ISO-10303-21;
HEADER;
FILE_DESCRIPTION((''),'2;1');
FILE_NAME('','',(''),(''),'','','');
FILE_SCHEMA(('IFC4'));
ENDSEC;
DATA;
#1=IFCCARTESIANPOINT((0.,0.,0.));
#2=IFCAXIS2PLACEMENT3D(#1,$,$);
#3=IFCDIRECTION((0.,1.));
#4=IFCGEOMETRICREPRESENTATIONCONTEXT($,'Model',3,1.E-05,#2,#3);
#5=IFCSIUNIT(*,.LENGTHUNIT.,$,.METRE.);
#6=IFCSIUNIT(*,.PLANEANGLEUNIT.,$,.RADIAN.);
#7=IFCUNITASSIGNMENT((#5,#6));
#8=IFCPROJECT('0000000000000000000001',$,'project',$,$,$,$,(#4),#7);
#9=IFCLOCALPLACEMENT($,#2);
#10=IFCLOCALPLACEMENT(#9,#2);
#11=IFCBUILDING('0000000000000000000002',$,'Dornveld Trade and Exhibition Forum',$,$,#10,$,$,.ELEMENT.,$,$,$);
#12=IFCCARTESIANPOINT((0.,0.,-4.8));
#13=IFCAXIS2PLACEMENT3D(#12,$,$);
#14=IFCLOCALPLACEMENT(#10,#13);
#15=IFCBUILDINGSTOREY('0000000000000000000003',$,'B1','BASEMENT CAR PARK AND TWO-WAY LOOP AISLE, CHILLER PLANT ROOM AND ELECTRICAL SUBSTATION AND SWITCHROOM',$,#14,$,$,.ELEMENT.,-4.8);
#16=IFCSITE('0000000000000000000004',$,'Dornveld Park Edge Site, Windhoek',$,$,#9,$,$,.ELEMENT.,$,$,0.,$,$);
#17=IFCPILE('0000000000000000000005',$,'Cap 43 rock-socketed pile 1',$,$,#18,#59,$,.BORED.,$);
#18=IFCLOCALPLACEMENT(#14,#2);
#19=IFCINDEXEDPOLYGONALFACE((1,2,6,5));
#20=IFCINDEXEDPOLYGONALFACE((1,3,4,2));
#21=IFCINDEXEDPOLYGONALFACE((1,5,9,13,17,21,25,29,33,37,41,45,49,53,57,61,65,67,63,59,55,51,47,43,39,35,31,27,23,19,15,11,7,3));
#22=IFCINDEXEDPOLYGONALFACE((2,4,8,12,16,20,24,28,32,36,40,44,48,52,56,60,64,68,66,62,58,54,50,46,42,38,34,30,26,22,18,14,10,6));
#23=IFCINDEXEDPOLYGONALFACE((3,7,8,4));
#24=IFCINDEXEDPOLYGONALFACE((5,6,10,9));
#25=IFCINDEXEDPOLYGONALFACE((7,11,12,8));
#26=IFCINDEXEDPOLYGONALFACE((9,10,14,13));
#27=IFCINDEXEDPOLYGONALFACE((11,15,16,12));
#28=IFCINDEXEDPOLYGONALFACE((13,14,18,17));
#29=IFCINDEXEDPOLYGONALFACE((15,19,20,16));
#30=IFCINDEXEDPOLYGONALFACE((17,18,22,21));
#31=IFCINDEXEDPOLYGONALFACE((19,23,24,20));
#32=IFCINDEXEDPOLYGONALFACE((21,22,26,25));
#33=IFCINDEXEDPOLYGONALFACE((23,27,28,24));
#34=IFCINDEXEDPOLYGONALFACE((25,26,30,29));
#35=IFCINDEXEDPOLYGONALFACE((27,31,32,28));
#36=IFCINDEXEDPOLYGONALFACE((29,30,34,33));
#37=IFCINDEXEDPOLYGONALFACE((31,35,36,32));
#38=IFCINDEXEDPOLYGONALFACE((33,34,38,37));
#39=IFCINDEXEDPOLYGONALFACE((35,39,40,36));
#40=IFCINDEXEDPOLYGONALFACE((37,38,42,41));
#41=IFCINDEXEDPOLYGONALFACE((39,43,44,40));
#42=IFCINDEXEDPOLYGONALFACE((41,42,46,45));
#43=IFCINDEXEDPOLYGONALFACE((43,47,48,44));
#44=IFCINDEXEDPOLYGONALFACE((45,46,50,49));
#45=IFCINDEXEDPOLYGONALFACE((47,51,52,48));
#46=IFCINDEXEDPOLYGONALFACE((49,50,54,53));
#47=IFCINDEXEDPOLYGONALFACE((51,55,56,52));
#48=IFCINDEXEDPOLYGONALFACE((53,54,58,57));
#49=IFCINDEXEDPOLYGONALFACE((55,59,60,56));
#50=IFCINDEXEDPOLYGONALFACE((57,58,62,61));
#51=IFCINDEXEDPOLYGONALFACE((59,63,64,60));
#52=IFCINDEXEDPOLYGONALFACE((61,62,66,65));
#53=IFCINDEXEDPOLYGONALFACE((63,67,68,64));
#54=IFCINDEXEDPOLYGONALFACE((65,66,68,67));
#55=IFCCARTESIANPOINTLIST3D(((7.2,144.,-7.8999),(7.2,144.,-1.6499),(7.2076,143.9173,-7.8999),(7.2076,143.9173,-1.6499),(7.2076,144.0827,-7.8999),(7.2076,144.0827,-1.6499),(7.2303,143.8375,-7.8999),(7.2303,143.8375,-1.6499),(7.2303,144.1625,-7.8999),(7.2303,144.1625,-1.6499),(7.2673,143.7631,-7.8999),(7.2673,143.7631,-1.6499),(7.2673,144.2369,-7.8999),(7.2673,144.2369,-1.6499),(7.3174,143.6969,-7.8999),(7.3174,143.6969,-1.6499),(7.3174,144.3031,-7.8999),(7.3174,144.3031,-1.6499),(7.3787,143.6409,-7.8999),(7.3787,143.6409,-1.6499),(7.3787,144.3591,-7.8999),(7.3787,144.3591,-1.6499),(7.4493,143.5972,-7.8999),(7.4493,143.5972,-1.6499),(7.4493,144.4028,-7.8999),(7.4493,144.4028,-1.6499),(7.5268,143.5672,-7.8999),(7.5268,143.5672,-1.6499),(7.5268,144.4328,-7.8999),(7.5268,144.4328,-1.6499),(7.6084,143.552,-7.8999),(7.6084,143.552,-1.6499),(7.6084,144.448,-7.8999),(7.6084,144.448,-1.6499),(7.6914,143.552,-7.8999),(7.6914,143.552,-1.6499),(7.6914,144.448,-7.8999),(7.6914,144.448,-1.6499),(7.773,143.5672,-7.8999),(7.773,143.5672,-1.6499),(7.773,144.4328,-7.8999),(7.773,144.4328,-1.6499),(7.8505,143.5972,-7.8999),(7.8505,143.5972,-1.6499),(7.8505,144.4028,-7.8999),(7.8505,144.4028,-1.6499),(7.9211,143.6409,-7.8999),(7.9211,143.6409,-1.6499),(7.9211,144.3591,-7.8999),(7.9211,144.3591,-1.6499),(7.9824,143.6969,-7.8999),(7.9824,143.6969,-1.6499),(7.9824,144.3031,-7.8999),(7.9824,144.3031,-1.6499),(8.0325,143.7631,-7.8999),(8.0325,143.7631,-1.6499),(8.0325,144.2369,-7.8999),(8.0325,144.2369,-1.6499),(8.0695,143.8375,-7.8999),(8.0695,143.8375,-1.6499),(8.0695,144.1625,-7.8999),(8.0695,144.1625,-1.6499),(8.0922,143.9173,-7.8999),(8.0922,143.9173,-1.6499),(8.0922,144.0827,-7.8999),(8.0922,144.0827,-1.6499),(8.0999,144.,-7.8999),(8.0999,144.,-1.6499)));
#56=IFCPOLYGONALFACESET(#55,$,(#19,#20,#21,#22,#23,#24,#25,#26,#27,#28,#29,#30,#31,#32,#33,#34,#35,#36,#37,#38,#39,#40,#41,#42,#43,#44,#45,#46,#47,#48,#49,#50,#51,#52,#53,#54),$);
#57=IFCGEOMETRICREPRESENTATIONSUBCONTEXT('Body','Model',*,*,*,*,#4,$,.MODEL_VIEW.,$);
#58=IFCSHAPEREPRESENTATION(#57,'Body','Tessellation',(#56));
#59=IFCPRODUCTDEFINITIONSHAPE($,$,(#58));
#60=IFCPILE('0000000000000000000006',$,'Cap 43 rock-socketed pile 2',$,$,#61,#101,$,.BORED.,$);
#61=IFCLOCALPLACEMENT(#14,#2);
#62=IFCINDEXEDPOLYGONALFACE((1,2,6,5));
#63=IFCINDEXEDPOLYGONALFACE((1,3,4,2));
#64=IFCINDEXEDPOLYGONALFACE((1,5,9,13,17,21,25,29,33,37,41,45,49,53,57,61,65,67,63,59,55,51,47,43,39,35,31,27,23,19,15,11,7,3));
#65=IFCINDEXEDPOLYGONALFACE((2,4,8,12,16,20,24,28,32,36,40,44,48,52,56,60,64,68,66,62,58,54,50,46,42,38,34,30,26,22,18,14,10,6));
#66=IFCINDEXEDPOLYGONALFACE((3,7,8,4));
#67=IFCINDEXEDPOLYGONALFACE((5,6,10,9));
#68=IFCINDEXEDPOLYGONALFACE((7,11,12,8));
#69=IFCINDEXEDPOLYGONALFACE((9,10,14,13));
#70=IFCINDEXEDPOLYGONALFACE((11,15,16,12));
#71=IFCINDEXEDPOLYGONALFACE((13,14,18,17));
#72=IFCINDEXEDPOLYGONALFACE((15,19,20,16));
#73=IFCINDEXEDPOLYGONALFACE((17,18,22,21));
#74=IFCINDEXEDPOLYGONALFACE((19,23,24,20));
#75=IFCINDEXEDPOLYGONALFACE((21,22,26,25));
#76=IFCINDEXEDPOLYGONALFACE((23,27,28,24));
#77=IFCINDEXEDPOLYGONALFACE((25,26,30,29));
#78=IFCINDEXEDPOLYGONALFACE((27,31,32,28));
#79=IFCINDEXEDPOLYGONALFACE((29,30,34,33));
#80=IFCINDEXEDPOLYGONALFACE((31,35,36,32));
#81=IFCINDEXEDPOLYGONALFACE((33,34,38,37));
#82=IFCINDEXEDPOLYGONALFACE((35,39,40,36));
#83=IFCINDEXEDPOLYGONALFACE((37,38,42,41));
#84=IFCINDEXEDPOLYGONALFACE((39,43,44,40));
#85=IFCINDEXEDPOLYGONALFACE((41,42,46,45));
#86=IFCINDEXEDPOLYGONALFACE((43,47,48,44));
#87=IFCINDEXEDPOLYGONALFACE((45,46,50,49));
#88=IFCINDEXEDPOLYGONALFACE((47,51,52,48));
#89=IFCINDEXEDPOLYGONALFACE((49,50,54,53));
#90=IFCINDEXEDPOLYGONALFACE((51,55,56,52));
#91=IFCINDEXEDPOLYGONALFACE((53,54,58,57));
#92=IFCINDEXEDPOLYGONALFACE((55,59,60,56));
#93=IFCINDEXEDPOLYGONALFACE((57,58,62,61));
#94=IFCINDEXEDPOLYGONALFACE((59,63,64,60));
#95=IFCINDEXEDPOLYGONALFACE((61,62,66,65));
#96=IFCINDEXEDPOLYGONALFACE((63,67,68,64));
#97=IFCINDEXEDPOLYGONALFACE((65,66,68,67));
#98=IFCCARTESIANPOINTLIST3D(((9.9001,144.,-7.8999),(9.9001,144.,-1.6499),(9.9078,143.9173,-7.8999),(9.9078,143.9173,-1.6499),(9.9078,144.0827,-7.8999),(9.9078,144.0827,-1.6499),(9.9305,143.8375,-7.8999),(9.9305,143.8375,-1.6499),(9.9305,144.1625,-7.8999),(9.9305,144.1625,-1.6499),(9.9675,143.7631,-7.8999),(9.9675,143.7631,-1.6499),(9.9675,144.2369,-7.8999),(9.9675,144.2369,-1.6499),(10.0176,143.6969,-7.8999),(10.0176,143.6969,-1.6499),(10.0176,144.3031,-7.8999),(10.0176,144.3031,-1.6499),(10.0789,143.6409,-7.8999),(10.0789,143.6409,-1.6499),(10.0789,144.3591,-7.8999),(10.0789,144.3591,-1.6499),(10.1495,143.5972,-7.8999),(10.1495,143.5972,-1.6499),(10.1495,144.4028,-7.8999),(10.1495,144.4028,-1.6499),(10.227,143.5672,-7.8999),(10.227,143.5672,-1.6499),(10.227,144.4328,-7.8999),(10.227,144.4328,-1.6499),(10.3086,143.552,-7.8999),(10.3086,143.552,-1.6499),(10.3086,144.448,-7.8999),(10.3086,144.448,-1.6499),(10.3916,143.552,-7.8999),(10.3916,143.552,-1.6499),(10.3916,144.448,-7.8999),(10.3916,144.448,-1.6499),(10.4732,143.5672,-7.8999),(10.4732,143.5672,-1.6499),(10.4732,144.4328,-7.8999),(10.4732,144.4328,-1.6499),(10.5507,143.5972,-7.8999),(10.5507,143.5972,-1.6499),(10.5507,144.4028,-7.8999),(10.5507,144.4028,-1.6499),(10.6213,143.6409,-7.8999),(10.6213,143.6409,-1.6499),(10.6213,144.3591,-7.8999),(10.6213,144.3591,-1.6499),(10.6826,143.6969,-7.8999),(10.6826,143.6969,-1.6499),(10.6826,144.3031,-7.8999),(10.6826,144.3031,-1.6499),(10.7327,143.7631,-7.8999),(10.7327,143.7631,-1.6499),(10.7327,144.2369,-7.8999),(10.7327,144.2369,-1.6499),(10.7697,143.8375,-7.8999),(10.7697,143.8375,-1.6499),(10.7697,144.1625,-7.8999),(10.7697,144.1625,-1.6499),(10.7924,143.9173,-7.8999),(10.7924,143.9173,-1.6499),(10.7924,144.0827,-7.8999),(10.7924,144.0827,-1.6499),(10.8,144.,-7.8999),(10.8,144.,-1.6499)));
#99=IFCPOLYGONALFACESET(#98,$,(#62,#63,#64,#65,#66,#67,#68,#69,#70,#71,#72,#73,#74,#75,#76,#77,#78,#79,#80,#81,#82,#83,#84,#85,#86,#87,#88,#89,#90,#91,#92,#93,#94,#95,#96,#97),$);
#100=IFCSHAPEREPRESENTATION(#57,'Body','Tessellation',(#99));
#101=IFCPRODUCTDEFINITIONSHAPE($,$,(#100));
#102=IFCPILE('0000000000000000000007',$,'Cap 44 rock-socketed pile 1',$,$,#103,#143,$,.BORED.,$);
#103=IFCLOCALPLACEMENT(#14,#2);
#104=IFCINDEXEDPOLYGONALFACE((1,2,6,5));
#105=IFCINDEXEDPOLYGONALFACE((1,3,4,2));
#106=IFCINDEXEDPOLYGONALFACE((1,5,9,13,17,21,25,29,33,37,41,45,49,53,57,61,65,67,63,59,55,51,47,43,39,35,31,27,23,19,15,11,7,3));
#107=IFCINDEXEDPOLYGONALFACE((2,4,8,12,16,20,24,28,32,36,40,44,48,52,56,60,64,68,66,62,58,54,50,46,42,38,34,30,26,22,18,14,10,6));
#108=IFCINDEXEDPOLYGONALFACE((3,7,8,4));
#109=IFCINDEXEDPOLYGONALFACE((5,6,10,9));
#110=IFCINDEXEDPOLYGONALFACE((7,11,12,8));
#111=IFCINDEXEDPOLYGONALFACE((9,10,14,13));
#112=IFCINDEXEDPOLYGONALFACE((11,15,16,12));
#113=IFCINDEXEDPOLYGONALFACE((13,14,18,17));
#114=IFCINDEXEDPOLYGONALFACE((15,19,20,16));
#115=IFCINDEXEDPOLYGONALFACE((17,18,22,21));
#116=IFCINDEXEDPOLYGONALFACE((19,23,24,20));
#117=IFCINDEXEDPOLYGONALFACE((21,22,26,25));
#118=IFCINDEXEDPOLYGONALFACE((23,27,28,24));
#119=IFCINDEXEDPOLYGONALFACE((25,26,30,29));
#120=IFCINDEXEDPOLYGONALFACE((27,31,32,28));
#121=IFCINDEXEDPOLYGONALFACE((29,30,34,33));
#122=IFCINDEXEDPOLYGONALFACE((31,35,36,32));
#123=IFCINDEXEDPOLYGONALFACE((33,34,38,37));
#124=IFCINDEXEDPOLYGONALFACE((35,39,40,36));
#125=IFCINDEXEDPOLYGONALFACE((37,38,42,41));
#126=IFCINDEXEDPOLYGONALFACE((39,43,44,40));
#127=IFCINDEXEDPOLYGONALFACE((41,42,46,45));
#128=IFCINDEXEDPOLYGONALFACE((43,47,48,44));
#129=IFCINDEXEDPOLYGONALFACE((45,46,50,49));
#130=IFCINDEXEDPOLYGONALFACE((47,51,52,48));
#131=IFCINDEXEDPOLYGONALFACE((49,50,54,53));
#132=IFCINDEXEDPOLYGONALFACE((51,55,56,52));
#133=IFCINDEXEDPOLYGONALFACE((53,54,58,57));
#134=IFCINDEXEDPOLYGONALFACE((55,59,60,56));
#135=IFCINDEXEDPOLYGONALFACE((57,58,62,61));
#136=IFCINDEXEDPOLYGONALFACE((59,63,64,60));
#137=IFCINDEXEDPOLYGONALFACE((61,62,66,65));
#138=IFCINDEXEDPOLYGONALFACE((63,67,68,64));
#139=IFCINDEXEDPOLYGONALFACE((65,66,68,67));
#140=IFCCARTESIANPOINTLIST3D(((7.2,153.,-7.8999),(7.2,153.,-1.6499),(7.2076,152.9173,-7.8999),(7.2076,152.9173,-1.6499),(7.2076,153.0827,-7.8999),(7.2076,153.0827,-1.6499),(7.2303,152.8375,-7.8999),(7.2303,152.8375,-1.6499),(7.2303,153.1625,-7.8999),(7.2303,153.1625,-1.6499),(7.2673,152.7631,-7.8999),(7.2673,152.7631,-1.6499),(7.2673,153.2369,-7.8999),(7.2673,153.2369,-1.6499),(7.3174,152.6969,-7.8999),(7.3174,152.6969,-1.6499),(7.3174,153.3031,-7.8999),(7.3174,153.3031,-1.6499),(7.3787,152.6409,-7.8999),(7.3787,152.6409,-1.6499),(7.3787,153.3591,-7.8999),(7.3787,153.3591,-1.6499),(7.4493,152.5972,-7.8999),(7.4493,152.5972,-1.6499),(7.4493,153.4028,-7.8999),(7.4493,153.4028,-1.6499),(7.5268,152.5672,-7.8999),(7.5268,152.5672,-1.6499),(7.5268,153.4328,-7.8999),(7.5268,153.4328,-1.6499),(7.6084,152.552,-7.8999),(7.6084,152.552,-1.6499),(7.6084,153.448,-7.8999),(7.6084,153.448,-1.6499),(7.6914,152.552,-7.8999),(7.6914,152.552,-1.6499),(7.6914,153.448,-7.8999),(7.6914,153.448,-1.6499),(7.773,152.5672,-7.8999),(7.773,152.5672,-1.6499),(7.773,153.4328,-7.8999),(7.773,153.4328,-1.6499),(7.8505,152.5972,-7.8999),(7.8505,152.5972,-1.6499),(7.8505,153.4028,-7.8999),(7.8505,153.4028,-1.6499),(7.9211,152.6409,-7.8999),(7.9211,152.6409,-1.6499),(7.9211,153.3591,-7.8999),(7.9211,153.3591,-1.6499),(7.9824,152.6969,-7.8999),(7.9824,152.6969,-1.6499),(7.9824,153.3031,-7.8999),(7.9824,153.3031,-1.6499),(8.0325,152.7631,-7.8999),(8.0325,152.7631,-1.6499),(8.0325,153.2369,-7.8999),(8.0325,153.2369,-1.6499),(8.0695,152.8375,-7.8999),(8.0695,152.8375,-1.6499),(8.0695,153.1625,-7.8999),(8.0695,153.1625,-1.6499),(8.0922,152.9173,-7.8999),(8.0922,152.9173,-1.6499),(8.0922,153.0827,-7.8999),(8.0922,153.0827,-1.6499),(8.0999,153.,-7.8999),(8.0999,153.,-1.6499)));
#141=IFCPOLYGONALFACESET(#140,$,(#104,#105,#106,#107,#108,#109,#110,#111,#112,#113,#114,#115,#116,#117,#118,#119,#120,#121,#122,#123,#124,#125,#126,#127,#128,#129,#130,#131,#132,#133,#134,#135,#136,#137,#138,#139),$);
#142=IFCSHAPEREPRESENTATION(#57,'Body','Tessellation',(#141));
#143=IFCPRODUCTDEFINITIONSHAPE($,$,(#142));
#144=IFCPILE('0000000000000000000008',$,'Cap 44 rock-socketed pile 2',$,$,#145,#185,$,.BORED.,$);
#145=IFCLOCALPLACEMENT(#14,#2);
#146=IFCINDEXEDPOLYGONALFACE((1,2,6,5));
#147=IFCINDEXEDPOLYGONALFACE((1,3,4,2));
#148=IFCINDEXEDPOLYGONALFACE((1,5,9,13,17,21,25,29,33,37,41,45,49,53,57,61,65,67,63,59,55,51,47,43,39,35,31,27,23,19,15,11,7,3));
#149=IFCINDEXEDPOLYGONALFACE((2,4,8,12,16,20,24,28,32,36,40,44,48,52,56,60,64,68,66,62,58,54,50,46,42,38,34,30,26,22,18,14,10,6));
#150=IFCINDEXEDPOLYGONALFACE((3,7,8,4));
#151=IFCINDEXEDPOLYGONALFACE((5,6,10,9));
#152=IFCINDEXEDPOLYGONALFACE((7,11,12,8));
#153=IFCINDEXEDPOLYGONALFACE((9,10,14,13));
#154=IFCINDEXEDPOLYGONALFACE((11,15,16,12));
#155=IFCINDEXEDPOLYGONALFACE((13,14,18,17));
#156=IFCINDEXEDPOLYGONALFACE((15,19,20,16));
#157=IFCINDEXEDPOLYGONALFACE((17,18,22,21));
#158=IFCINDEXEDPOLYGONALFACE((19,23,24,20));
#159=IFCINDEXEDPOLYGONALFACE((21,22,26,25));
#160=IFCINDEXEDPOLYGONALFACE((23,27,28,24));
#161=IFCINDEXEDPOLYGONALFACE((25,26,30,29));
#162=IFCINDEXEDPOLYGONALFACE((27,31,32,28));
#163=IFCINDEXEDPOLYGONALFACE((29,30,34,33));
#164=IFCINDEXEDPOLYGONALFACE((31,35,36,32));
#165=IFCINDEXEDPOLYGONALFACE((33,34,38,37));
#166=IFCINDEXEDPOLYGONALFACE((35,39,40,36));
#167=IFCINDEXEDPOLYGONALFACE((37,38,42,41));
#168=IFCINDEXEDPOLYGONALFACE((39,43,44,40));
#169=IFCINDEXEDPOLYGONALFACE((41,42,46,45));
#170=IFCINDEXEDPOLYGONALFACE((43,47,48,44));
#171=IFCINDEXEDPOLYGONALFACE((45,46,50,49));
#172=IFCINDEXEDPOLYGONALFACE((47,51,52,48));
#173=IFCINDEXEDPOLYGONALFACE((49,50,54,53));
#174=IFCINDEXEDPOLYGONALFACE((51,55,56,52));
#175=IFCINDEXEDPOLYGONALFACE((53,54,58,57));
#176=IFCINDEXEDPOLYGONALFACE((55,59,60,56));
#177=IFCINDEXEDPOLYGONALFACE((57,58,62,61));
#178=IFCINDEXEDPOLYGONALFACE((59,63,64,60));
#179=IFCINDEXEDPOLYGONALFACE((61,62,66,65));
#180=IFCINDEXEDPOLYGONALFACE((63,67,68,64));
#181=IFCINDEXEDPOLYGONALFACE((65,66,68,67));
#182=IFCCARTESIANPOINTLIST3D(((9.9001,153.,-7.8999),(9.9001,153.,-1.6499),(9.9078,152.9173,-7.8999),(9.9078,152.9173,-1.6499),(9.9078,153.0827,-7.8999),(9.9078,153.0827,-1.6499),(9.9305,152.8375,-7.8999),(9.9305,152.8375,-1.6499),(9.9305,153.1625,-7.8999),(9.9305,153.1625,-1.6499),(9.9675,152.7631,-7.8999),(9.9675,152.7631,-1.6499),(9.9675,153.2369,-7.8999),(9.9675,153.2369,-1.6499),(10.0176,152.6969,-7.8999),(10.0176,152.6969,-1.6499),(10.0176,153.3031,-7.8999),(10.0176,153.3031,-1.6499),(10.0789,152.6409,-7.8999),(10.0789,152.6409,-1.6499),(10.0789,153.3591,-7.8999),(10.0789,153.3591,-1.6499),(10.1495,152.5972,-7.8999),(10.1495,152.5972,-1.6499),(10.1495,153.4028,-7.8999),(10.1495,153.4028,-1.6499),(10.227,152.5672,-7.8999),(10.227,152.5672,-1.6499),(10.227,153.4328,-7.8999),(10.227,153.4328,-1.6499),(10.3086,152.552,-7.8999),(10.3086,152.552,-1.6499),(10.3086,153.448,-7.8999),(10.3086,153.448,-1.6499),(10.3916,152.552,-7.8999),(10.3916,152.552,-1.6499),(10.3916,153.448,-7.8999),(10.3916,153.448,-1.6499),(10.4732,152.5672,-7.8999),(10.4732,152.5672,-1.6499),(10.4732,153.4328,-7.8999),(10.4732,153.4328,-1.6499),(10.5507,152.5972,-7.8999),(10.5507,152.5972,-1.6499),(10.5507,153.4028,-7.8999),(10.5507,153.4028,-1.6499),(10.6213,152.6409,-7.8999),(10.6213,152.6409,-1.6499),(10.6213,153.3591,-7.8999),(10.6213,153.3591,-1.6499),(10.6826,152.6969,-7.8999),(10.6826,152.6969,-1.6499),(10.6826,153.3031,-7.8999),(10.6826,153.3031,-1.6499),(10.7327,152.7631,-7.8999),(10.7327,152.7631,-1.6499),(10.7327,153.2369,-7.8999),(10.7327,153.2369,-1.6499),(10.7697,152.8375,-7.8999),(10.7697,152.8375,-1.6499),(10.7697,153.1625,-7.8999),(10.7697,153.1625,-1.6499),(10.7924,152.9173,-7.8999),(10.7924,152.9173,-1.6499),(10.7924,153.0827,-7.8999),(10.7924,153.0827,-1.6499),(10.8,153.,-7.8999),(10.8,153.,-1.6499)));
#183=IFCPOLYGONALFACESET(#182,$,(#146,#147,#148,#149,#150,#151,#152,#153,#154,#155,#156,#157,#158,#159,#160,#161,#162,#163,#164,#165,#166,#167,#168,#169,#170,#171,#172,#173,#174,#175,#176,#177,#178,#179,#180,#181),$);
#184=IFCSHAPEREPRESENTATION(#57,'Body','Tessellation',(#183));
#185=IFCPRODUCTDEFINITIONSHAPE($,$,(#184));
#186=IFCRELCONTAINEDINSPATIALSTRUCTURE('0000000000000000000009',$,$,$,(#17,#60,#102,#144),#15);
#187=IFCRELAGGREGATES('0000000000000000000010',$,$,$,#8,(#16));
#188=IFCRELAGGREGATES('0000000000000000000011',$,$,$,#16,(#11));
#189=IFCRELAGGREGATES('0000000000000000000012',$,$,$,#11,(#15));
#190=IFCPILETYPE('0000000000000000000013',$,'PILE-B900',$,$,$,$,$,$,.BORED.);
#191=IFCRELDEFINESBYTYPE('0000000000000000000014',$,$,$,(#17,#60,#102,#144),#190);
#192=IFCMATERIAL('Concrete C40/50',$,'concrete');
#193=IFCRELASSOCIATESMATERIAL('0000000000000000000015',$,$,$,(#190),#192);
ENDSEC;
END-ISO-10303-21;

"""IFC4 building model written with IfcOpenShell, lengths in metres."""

from ifc_helpers import new_model, si_unit, direction, frame, origin, origin_2d, place, context, subcontext, project, spatial, circle, extrude, material, material_profile, profile_set, type_object, element, save


model = new_model("IFC4")

# Units and contexts
model_context = context("Model", 3, precision=1e-05, world=origin(), true_north=direction((0.0, 1.0)))
body_context = subcontext(model_context, "Body", "Model", "MODEL_VIEW")
ifc_project = project(units=[si_unit("LENGTHUNIT", "METRE"), si_unit("PLANEANGLEUNIT", "RADIAN")], contexts=[model_context])

# Site, building, storey
site_placement = place(None, origin())
site = spatial("IfcSite", under=ifc_project, at=site_placement, Name="Dornveld Park Edge Site, Windhoek", CompositionType="ELEMENT", RefElevation=0.0)
building_placement = place(site_placement, origin())
building = spatial("IfcBuilding", under=site, at=building_placement, Name="Dornveld Trade and Exhibition Forum", CompositionType="ELEMENT")
storey_placement = place(building_placement, frame((0.0, 0.0, -4.8)))
storey = spatial("IfcBuildingStorey", under=building, at=storey_placement, Name="B1", Description="BASEMENT CAR PARK AND TWO-WAY LOOP AISLE, CHILLER PLANT ROOM AND ELECTRICAL SUBSTATION AND SWITCHROOM", CompositionType="ELEMENT", Elevation=-4.8)

# Piles
ifc_material_1 = material(Name="Concrete C40/50", Category="concrete")
ifc_material_profile_1 = material_profile(ifc_material_1, circle(Radius=0.45, at=origin_2d()), Name="PILE D900")
ifc_profile_set_1 = profile_set([ifc_material_profile_1], Name="Concrete C40/50")
pile_type = type_object("IfcPileType", Name="PILE-B900", PredefinedType="BORED", material=ifc_profile_set_1)
for number, where, z_axis, x_axis, name in (
    (1, (7.6499, 144.0, -1.6499), (0.0, 0.0, -1.0), (1.0, 0.0, 0.0), "Cap 43 rock-socketed pile 1"),
    (2, (10.3501, 144.0, -1.6499), (0.0, 0.0, -1.0), (1.0, 0.0, 0.0), "Cap 43 rock-socketed pile 2"),
    (3, (7.6499, 153.0, -1.6499), (0.0, 0.0, -1.0), (1.0, 0.0, 0.0), "Cap 44 rock-socketed pile 1"),
    (4, (10.3501, 153.0, -1.6499), (0.0, 0.0, -1.0), (1.0, 0.0, 0.0), "Cap 44 rock-socketed pile 2"),
):
    element("IfcPile", number, at=place(storey_placement, frame(where, z_axis=z_axis, x_axis=x_axis)), inside=storey, type_object=pile_type, Name=name, PredefinedType="BORED", context=body_context, shape_type="SweptSolid", body=[
        extrude(circle(Radius=0.45, at=origin_2d()), origin(), (0.0, 0.0, 1.0), 6.25),
    ])

save(model, "model.ifc")
